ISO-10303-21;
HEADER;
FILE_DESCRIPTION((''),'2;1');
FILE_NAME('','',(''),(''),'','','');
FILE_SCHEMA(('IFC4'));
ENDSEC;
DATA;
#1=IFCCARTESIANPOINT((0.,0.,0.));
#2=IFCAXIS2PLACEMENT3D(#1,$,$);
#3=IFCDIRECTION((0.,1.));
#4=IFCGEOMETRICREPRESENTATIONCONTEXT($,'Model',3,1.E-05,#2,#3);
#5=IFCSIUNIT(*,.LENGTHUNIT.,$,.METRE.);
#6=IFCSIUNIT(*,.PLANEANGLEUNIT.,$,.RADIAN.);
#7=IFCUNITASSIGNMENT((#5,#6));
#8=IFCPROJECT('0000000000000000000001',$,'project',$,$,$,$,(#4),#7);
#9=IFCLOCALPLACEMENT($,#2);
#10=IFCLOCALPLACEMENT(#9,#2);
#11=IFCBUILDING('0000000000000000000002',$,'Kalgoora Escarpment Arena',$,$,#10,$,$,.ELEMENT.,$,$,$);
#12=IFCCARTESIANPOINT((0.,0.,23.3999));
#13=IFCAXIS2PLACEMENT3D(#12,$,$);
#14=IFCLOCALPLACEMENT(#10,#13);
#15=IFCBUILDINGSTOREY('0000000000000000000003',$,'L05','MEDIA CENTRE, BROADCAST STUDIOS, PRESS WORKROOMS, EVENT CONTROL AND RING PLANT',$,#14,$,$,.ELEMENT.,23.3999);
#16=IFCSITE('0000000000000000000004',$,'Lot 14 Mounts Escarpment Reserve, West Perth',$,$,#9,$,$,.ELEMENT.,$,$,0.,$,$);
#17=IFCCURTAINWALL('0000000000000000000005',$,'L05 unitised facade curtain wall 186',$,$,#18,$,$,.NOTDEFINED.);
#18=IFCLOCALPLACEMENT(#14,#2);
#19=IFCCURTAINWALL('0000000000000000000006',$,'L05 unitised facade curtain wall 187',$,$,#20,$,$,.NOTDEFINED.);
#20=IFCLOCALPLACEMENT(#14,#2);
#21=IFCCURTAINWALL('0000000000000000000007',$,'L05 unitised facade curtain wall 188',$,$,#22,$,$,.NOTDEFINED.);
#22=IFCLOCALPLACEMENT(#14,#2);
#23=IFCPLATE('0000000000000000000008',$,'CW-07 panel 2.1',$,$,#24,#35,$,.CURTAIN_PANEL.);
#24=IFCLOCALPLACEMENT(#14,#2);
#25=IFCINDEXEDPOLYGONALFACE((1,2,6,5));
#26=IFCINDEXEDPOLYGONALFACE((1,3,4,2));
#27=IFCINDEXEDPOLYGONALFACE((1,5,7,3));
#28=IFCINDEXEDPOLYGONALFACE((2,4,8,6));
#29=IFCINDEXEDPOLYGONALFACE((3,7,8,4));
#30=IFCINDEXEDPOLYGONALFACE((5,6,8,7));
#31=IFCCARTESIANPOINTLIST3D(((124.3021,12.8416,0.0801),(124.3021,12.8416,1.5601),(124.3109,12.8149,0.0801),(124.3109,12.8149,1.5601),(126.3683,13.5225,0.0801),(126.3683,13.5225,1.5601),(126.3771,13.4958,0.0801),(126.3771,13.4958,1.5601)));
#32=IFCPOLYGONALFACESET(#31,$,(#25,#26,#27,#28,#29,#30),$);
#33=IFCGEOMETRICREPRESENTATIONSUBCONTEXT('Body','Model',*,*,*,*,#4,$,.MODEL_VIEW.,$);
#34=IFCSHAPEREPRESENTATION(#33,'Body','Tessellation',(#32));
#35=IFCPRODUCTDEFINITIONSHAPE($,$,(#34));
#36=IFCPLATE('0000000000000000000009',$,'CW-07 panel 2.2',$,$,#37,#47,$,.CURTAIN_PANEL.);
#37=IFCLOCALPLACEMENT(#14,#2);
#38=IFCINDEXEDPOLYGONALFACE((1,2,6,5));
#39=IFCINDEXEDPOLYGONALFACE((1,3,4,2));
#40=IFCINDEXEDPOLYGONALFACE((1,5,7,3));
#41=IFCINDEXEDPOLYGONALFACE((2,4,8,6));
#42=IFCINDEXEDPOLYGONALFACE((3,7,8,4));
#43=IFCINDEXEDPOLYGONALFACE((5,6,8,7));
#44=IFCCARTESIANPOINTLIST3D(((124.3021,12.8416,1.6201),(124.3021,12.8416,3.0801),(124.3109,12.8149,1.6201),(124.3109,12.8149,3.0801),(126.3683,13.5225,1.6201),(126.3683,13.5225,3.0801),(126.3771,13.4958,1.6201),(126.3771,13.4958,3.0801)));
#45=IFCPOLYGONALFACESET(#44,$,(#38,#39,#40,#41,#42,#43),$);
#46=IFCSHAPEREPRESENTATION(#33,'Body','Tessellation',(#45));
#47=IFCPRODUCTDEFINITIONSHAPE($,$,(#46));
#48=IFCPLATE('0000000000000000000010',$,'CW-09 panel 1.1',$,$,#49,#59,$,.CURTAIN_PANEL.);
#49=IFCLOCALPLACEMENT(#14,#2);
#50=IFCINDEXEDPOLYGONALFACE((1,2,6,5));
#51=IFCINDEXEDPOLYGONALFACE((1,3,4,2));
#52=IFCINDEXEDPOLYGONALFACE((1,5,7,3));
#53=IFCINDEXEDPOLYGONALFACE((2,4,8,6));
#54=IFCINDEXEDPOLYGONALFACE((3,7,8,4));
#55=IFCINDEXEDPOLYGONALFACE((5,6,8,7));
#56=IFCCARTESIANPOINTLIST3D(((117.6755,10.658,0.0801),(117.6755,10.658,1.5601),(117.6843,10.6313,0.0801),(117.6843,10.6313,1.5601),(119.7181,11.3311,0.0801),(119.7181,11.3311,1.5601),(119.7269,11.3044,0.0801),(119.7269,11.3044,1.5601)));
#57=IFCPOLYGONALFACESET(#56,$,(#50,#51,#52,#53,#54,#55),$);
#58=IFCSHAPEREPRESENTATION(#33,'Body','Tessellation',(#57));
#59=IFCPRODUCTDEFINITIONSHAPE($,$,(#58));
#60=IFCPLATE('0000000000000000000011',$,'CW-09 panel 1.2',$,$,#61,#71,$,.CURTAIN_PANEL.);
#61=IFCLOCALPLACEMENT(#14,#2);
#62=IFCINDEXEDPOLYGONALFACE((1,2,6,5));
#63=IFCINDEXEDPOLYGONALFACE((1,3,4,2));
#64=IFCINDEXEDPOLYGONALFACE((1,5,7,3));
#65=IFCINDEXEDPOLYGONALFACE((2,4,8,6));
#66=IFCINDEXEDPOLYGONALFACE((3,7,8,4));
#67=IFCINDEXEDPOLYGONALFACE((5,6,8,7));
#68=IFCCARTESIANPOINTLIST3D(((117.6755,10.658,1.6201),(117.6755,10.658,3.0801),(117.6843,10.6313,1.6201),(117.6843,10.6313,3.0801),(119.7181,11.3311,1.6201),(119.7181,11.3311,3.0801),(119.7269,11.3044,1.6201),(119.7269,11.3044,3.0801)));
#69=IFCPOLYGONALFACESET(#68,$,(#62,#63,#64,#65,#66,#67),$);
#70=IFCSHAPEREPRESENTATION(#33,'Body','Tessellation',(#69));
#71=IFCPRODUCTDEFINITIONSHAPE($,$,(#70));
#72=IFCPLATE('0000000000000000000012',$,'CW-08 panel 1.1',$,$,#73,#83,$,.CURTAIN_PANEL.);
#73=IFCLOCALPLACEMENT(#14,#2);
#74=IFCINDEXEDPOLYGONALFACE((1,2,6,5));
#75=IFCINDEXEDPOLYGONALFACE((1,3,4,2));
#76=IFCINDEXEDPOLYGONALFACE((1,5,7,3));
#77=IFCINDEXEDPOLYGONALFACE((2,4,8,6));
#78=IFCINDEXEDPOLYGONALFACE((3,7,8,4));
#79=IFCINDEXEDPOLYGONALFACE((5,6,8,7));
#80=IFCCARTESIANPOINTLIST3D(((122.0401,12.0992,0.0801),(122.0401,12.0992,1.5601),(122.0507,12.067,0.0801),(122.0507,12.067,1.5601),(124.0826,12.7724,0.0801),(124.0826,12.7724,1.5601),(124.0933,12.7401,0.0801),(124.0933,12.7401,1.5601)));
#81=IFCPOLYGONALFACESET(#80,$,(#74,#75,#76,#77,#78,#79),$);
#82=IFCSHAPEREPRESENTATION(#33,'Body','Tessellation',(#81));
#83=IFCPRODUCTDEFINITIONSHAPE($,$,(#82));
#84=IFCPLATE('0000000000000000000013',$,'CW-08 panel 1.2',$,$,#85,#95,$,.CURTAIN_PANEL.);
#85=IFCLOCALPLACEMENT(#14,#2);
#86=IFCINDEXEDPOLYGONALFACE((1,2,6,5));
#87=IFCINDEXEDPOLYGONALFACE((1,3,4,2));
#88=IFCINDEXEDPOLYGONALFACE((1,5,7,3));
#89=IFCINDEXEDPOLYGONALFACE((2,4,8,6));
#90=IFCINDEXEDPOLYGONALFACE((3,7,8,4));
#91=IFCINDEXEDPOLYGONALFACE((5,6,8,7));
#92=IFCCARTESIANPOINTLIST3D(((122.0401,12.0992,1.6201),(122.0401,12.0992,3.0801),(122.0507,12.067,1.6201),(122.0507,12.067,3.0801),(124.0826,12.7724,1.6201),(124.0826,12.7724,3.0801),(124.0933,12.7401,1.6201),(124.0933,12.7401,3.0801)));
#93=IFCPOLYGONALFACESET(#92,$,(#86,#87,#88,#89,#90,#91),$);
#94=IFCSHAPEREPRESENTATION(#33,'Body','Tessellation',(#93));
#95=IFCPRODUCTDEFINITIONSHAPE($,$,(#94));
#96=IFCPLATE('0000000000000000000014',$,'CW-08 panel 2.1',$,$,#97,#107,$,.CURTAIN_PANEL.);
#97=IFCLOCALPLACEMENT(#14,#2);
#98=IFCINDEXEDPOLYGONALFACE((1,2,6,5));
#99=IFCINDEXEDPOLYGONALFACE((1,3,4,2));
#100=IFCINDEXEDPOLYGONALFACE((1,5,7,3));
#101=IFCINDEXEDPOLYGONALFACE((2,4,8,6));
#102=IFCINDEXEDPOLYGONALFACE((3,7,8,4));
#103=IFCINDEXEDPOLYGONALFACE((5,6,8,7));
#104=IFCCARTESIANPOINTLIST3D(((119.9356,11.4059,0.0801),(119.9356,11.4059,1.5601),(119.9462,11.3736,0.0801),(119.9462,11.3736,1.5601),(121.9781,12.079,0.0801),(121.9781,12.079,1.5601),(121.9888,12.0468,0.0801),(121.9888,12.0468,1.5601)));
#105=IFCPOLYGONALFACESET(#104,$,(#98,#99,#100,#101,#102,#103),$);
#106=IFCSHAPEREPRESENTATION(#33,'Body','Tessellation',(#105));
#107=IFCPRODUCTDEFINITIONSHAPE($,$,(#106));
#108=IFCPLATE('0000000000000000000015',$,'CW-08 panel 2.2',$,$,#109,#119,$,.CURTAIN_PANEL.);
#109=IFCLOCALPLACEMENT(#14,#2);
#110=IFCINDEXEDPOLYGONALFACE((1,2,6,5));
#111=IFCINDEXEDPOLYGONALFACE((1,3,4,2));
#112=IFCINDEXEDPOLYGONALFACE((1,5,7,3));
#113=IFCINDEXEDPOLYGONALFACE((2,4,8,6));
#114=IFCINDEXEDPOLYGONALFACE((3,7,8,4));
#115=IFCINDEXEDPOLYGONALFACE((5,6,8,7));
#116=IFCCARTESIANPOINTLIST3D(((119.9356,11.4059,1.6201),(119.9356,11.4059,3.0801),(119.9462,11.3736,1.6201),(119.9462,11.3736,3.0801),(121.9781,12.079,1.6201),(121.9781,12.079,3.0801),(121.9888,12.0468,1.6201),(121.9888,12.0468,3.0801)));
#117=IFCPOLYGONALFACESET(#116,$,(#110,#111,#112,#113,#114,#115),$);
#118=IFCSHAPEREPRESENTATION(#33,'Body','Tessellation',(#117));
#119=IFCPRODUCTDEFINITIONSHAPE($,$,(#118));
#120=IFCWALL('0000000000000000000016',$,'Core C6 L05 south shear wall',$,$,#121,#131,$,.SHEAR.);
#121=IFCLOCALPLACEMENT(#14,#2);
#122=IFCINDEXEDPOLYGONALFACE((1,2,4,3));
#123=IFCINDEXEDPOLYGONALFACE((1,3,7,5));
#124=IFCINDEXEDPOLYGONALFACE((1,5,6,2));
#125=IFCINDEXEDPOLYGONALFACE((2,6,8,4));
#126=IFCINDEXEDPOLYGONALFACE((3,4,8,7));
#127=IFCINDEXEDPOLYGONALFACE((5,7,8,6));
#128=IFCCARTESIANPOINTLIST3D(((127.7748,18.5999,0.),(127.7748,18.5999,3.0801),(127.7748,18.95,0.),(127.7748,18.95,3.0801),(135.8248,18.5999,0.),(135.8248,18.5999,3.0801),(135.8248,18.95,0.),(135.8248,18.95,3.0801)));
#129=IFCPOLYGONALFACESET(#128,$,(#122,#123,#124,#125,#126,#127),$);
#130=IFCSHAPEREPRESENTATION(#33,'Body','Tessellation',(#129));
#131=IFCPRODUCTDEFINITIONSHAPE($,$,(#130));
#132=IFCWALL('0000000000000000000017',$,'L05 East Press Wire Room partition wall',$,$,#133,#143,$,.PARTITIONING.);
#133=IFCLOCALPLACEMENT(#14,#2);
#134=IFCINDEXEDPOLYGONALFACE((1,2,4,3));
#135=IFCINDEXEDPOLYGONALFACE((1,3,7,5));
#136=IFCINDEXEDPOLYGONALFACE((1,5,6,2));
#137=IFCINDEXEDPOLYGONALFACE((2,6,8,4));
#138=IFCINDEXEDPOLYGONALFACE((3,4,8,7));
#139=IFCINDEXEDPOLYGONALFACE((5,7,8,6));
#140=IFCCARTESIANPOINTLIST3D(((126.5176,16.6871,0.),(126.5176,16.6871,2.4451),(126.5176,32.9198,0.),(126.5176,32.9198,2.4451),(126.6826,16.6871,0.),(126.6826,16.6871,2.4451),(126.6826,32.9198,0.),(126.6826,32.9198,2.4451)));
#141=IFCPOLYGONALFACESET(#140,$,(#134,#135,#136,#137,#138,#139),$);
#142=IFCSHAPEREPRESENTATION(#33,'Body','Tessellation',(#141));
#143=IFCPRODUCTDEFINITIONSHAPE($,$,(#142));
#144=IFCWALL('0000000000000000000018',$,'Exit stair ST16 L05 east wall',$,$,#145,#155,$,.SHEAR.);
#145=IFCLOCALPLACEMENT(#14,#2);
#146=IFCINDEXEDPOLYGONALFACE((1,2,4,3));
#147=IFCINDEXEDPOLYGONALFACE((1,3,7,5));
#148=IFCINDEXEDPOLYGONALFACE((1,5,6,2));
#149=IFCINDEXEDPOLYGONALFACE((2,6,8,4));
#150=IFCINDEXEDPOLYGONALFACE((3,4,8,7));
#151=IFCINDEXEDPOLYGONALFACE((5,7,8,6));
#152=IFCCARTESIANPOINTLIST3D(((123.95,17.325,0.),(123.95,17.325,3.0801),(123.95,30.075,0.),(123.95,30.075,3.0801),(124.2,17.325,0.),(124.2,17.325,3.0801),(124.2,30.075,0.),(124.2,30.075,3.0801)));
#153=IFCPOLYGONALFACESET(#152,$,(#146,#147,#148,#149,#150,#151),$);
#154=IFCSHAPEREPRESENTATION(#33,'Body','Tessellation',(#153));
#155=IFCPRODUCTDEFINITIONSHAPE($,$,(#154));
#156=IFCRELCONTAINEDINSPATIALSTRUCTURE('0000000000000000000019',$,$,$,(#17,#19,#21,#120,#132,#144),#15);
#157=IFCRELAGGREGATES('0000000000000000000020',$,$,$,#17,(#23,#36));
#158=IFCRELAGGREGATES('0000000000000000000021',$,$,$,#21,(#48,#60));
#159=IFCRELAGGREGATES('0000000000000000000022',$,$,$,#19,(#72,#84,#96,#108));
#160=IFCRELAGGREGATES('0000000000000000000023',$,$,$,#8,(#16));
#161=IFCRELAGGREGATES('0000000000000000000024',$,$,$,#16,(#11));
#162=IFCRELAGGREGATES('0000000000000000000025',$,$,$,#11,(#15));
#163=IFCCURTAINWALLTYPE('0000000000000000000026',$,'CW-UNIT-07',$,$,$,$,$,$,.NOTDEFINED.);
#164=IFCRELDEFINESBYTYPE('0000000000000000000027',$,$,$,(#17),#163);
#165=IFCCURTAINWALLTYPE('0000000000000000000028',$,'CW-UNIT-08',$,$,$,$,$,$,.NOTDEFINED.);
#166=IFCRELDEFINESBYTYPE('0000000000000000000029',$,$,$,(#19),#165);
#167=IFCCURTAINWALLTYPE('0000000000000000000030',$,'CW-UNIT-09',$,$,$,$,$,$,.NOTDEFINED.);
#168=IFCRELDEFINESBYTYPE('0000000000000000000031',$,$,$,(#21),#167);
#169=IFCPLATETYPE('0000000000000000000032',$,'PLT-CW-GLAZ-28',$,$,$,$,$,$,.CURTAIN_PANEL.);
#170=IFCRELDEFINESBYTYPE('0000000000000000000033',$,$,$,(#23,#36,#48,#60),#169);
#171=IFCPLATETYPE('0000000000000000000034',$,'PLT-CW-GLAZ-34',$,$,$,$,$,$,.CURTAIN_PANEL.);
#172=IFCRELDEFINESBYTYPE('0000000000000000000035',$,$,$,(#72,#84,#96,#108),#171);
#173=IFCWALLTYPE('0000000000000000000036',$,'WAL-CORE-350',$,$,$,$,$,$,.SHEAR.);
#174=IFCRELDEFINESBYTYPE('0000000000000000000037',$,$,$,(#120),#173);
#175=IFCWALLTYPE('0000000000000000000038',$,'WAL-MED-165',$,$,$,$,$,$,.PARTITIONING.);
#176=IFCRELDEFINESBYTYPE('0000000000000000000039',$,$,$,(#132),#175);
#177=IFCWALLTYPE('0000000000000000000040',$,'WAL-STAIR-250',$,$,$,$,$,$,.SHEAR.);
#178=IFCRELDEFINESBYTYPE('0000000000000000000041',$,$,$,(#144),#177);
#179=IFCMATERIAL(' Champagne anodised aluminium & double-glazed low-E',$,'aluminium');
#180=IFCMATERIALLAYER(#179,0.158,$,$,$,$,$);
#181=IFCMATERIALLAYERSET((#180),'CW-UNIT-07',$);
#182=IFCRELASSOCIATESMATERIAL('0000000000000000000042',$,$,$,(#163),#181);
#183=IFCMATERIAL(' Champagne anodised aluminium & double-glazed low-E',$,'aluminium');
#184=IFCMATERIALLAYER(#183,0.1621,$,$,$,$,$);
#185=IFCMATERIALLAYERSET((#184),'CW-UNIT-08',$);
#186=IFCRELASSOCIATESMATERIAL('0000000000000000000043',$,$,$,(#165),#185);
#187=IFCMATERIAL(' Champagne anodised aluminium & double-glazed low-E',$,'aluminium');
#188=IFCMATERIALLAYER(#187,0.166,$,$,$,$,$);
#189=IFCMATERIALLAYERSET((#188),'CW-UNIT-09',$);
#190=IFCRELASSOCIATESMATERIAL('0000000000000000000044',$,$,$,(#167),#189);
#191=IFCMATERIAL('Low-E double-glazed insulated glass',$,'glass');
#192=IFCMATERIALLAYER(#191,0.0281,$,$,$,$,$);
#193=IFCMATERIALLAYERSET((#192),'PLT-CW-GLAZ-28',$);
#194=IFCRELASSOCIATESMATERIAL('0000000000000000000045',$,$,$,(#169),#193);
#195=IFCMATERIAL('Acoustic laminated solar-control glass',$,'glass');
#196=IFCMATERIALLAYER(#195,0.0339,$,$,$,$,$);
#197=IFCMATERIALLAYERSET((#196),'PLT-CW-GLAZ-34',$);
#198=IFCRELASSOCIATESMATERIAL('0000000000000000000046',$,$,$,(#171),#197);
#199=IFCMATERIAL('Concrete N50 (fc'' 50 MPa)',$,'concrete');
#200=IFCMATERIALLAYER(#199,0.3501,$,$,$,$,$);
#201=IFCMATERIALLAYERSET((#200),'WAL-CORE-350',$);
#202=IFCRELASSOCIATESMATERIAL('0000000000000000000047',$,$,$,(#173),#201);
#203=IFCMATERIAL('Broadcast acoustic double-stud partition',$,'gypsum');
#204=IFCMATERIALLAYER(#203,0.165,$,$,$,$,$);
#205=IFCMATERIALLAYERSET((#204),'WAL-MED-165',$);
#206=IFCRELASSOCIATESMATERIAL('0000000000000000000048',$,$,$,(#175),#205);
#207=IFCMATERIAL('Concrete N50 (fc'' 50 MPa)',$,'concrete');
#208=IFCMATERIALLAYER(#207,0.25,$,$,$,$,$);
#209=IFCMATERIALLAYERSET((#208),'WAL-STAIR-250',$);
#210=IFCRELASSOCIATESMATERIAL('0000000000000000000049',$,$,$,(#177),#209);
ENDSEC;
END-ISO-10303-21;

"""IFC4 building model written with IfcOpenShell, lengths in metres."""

from ifc_helpers import new_model, si_unit, direction, frame, frame_2d, origin, origin_2d, place, context, subcontext, project, spatial, rectangle, extrude, material, layer, layer_set, type_object, element, aggregate, save


model = new_model("IFC4")

# Units and contexts
model_context = context("Model", 3, precision=1e-05, world=origin(), true_north=direction((0.0, 1.0)))
body_context = subcontext(model_context, "Body", "Model", "MODEL_VIEW")
ifc_project = project(units=[si_unit("LENGTHUNIT", "METRE"), si_unit("PLANEANGLEUNIT", "RADIAN")], contexts=[model_context])

# Site, building, storey
site_placement = place(None, origin())
site = spatial("IfcSite", under=ifc_project, at=site_placement, Name="Lot 14 Mounts Escarpment Reserve, West Perth", CompositionType="ELEMENT", RefElevation=0.0)
building_placement = place(site_placement, origin())
building = spatial("IfcBuilding", under=site, at=building_placement, Name="Kalgoora Escarpment Arena", CompositionType="ELEMENT")
storey_placement = place(building_placement, frame((0.0, 0.0, 23.3999)))
storey = spatial("IfcBuildingStorey", under=building, at=storey_placement, Name="L05", Description="MEDIA CENTRE, BROADCAST STUDIOS, PRESS WORKROOMS, EVENT CONTROL AND RING PLANT", CompositionType="ELEMENT", Elevation=23.3999)

# Curtain walls
ifc_material_1 = material(Name=" Champagne anodised aluminium & double-glazed low-E", Category="aluminium")
ifc_layer_1 = layer(ifc_material_1, 0.158)
ifc_layer_set_1 = layer_set([ifc_layer_1], Name="CW-UNIT-07")
curtain_wall_type_1 = type_object("IfcCurtainWallType", Name="CW-UNIT-07", PredefinedType="NOTDEFINED", material=ifc_layer_set_1)
curtain_wall_1_placement = place(storey_placement, origin())
curtain_wall_1 = element("IfcCurtainWall", 1, at=curtain_wall_1_placement, inside=storey, type_object=curtain_wall_type_1, Name="L05 unitised facade curtain wall 186", PredefinedType="NOTDEFINED")
ifc_material_2 = material(Name=" Champagne anodised aluminium & double-glazed low-E", Category="aluminium")
ifc_layer_2 = layer(ifc_material_2, 0.1621)
ifc_layer_set_2 = layer_set([ifc_layer_2], Name="CW-UNIT-08")
curtain_wall_type_2 = type_object("IfcCurtainWallType", Name="CW-UNIT-08", PredefinedType="NOTDEFINED", material=ifc_layer_set_2)
curtain_wall_2_placement = place(storey_placement, origin())
curtain_wall_2 = element("IfcCurtainWall", 2, at=curtain_wall_2_placement, inside=storey, type_object=curtain_wall_type_2, Name="L05 unitised facade curtain wall 187", PredefinedType="NOTDEFINED")
ifc_material_3 = material(Name=" Champagne anodised aluminium & double-glazed low-E", Category="aluminium")
ifc_layer_3 = layer(ifc_material_3, 0.166)
ifc_layer_set_3 = layer_set([ifc_layer_3], Name="CW-UNIT-09")
curtain_wall_type_3 = type_object("IfcCurtainWallType", Name="CW-UNIT-09", PredefinedType="NOTDEFINED", material=ifc_layer_set_3)
curtain_wall_3_placement = place(storey_placement, origin())
curtain_wall_3 = element("IfcCurtainWall", 3, at=curtain_wall_3_placement, inside=storey, type_object=curtain_wall_type_3, Name="L05 unitised facade curtain wall 188", PredefinedType="NOTDEFINED")

# Plates
ifc_material_4 = material(Name="Low-E double-glazed insulated glass", Category="glass")
ifc_layer_4 = layer(ifc_material_4, 0.0281)
ifc_layer_set_4 = layer_set([ifc_layer_4], Name="PLT-CW-GLAZ-28")
plate_type_1 = type_object("IfcPlateType", Name="PLT-CW-GLAZ-28", PredefinedType="CURTAIN_PANEL", material=ifc_layer_set_4)
plate_1_placement = place(storey_placement, frame((125.3396, 13.1687, 0.0801), z_axis=(0.0, 0.0, 1.0), x_axis=(-0.949758, -0.312986, 0.0)))
plate_1 = element("IfcPlate", 4, at=plate_1_placement, type_object=plate_type_1, Name="CW-07 panel 2.1", PredefinedType="CURTAIN_PANEL", context=body_context, shape_type="SweptSolid", body=[
    extrude(rectangle(XDim=2.1755, YDim=0.0281, at=origin_2d()), origin(), (0.0, 0.0, 1.0), 1.48),
])
plate_2_placement = place(storey_placement, frame((125.3396, 13.1687, 1.6201), z_axis=(0.0, 0.0, 1.0), x_axis=(-0.949758, -0.312986, 0.0)))
plate_2 = element("IfcPlate", 5, at=plate_2_placement, type_object=plate_type_1, Name="CW-07 panel 2.2", PredefinedType="CURTAIN_PANEL", context=body_context, shape_type="SweptSolid", body=[
    extrude(rectangle(XDim=2.1755, YDim=0.0281, at=origin_2d()), origin(), (0.0, 0.0, 1.0), 1.46),
])
aggregate(curtain_wall_1, [plate_1, plate_2])
plate_3_placement = place(storey_placement, frame((118.7012, 10.9812, 0.0801), z_axis=(0.0, 0.0, 1.0), x_axis=(-0.949763, -0.31297, 0.0)))
plate_3 = element("IfcPlate", 6, at=plate_3_placement, type_object=plate_type_1, Name="CW-09 panel 1.1", PredefinedType="CURTAIN_PANEL", context=body_context, shape_type="SweptSolid", body=[
    extrude(rectangle(XDim=2.1506, YDim=0.0281, at=origin_2d()), origin(), (0.0, 0.0, 1.0), 1.48),
])
plate_4_placement = place(storey_placement, frame((118.7012, 10.9812, 1.6201), z_axis=(0.0, 0.0, 1.0), x_axis=(-0.949763, -0.31297, 0.0)))
plate_4 = element("IfcPlate", 7, at=plate_4_placement, type_object=plate_type_1, Name="CW-09 panel 1.2", PredefinedType="CURTAIN_PANEL", context=body_context, shape_type="SweptSolid", body=[
    extrude(rectangle(XDim=2.1506, YDim=0.0281, at=origin_2d()), origin(), (0.0, 0.0, 1.0), 1.46),
])
aggregate(curtain_wall_3, [plate_3, plate_4])
ifc_material_5 = material(Name="Acoustic laminated solar-control glass", Category="glass")
ifc_layer_5 = layer(ifc_material_5, 0.0339)
ifc_layer_set_5 = layer_set([ifc_layer_5], Name="PLT-CW-GLAZ-34")
plate_type_2 = type_object("IfcPlateType", Name="PLT-CW-GLAZ-34", PredefinedType="CURTAIN_PANEL", material=ifc_layer_set_5)
plate_5_placement = place(storey_placement, frame((123.0667, 12.4197, 0.0801), z_axis=(0.0, 0.0, 1.0), x_axis=(-0.949756, -0.31299, 0.0)))
plate_5 = element("IfcPlate", 8, at=plate_5_placement, type_object=plate_type_2, Name="CW-08 panel 1.1", PredefinedType="CURTAIN_PANEL", context=body_context, shape_type="SweptSolid", body=[
    extrude(rectangle(XDim=2.1506, YDim=0.0339, at=origin_2d()), origin(), (0.0, 0.0, 1.0), 1.48),
])
plate_6_placement = place(storey_placement, frame((123.0667, 12.4197, 1.6201), z_axis=(0.0, 0.0, 1.0), x_axis=(-0.949756, -0.31299, 0.0)))
plate_6 = element("IfcPlate", 9, at=plate_6_placement, type_object=plate_type_2, Name="CW-08 panel 1.2", PredefinedType="CURTAIN_PANEL", context=body_context, shape_type="SweptSolid", body=[
    extrude(rectangle(XDim=2.1506, YDim=0.0339, at=origin_2d()), origin(), (0.0, 0.0, 1.0), 1.46),
])
plate_7_placement = place(storey_placement, frame((120.9622, 11.7263, 0.0801), z_axis=(0.0, 0.0, 1.0), x_axis=(-0.949756, -0.31299, 0.0)))
plate_7 = element("IfcPlate", 10, at=plate_7_placement, type_object=plate_type_2, Name="CW-08 panel 2.1", PredefinedType="CURTAIN_PANEL", context=body_context, shape_type="SweptSolid", body=[
    extrude(rectangle(XDim=2.1506, YDim=0.0339, at=origin_2d()), origin(), (0.0, 0.0, 1.0), 1.48),
])
plate_8_placement = place(storey_placement, frame((120.9622, 11.7263, 1.6201), z_axis=(0.0, 0.0, 1.0), x_axis=(-0.949756, -0.31299, 0.0)))
plate_8 = element("IfcPlate", 11, at=plate_8_placement, type_object=plate_type_2, Name="CW-08 panel 2.2", PredefinedType="CURTAIN_PANEL", context=body_context, shape_type="SweptSolid", body=[
    extrude(rectangle(XDim=2.1506, YDim=0.0339, at=origin_2d()), origin(), (0.0, 0.0, 1.0), 1.46),
])
aggregate(curtain_wall_2, [plate_5, plate_6, plate_7, plate_8])

# Walls
ifc_material_6 = material(Name="Concrete N50 (fc' 50 MPa)", Category="concrete")
ifc_layer_6 = layer(ifc_material_6, 0.3501)
ifc_layer_set_6 = layer_set([ifc_layer_6], Name="WAL-CORE-350")
wall_type_1 = type_object("IfcWallType", Name="WAL-CORE-350", PredefinedType="SHEAR", material=ifc_layer_set_6)
wall_1_placement = place(storey_placement, frame((127.7749, 18.7749, 0.0), z_axis=(0.0, 0.0, 1.0), x_axis=(1.0, 0.0, 0.0)))
element("IfcWall", 12, at=wall_1_placement, inside=storey, type_object=wall_type_1, Name="Core C6 L05 south shear wall", PredefinedType="SHEAR", context=body_context, shape_type="SweptSolid", body=[
    extrude(rectangle(XDim=8.05, YDim=0.3501, at=frame_2d((4.0249, 0.0))), origin(), (0.0, 0.0, 1.0), 3.0801),
])
ifc_material_7 = material(Name="Broadcast acoustic double-stud partition", Category="gypsum")
ifc_layer_7 = layer(ifc_material_7, 0.165)
ifc_layer_set_7 = layer_set([ifc_layer_7], Name="WAL-MED-165")
wall_type_2 = type_object("IfcWallType", Name="WAL-MED-165", PredefinedType="PARTITIONING", material=ifc_layer_set_7)
wall_2_placement = place(storey_placement, frame((126.6001, 16.6873, 0.0), z_axis=(0.0, 0.0, 1.0), x_axis=(0.0, 1.0, 0.0)))
element("IfcWall", 13, at=wall_2_placement, inside=storey, type_object=wall_type_2, Name="L05 East Press Wire Room partition wall", PredefinedType="PARTITIONING", context=body_context, shape_type="SweptSolid", body=[
    extrude(rectangle(XDim=16.2327, YDim=0.165, at=frame_2d((8.1162, 0.0))), origin(), (0.0, 0.0, 1.0), 2.4451),
])
ifc_material_8 = material(Name="Concrete N50 (fc' 50 MPa)", Category="concrete")
ifc_layer_8 = layer(ifc_material_8, 0.25)
ifc_layer_set_8 = layer_set([ifc_layer_8], Name="WAL-STAIR-250")
wall_type_3 = type_object("IfcWallType", Name="WAL-STAIR-250", PredefinedType="SHEAR", material=ifc_layer_set_8)
wall_3_placement = place(storey_placement, frame((124.075, 17.325, 0.0), z_axis=(0.0, 0.0, 1.0), x_axis=(0.0, 1.0, 0.0)))
element("IfcWall", 14, at=wall_3_placement, inside=storey, type_object=wall_type_3, Name="Exit stair ST16 L05 east wall", PredefinedType="SHEAR", context=body_context, shape_type="SweptSolid", body=[
    extrude(rectangle(XDim=12.75, YDim=0.25, at=frame_2d((6.375, 0.0))), origin(), (0.0, 0.0, 1.0), 3.0801),
])

save(model, "model.ifc")
